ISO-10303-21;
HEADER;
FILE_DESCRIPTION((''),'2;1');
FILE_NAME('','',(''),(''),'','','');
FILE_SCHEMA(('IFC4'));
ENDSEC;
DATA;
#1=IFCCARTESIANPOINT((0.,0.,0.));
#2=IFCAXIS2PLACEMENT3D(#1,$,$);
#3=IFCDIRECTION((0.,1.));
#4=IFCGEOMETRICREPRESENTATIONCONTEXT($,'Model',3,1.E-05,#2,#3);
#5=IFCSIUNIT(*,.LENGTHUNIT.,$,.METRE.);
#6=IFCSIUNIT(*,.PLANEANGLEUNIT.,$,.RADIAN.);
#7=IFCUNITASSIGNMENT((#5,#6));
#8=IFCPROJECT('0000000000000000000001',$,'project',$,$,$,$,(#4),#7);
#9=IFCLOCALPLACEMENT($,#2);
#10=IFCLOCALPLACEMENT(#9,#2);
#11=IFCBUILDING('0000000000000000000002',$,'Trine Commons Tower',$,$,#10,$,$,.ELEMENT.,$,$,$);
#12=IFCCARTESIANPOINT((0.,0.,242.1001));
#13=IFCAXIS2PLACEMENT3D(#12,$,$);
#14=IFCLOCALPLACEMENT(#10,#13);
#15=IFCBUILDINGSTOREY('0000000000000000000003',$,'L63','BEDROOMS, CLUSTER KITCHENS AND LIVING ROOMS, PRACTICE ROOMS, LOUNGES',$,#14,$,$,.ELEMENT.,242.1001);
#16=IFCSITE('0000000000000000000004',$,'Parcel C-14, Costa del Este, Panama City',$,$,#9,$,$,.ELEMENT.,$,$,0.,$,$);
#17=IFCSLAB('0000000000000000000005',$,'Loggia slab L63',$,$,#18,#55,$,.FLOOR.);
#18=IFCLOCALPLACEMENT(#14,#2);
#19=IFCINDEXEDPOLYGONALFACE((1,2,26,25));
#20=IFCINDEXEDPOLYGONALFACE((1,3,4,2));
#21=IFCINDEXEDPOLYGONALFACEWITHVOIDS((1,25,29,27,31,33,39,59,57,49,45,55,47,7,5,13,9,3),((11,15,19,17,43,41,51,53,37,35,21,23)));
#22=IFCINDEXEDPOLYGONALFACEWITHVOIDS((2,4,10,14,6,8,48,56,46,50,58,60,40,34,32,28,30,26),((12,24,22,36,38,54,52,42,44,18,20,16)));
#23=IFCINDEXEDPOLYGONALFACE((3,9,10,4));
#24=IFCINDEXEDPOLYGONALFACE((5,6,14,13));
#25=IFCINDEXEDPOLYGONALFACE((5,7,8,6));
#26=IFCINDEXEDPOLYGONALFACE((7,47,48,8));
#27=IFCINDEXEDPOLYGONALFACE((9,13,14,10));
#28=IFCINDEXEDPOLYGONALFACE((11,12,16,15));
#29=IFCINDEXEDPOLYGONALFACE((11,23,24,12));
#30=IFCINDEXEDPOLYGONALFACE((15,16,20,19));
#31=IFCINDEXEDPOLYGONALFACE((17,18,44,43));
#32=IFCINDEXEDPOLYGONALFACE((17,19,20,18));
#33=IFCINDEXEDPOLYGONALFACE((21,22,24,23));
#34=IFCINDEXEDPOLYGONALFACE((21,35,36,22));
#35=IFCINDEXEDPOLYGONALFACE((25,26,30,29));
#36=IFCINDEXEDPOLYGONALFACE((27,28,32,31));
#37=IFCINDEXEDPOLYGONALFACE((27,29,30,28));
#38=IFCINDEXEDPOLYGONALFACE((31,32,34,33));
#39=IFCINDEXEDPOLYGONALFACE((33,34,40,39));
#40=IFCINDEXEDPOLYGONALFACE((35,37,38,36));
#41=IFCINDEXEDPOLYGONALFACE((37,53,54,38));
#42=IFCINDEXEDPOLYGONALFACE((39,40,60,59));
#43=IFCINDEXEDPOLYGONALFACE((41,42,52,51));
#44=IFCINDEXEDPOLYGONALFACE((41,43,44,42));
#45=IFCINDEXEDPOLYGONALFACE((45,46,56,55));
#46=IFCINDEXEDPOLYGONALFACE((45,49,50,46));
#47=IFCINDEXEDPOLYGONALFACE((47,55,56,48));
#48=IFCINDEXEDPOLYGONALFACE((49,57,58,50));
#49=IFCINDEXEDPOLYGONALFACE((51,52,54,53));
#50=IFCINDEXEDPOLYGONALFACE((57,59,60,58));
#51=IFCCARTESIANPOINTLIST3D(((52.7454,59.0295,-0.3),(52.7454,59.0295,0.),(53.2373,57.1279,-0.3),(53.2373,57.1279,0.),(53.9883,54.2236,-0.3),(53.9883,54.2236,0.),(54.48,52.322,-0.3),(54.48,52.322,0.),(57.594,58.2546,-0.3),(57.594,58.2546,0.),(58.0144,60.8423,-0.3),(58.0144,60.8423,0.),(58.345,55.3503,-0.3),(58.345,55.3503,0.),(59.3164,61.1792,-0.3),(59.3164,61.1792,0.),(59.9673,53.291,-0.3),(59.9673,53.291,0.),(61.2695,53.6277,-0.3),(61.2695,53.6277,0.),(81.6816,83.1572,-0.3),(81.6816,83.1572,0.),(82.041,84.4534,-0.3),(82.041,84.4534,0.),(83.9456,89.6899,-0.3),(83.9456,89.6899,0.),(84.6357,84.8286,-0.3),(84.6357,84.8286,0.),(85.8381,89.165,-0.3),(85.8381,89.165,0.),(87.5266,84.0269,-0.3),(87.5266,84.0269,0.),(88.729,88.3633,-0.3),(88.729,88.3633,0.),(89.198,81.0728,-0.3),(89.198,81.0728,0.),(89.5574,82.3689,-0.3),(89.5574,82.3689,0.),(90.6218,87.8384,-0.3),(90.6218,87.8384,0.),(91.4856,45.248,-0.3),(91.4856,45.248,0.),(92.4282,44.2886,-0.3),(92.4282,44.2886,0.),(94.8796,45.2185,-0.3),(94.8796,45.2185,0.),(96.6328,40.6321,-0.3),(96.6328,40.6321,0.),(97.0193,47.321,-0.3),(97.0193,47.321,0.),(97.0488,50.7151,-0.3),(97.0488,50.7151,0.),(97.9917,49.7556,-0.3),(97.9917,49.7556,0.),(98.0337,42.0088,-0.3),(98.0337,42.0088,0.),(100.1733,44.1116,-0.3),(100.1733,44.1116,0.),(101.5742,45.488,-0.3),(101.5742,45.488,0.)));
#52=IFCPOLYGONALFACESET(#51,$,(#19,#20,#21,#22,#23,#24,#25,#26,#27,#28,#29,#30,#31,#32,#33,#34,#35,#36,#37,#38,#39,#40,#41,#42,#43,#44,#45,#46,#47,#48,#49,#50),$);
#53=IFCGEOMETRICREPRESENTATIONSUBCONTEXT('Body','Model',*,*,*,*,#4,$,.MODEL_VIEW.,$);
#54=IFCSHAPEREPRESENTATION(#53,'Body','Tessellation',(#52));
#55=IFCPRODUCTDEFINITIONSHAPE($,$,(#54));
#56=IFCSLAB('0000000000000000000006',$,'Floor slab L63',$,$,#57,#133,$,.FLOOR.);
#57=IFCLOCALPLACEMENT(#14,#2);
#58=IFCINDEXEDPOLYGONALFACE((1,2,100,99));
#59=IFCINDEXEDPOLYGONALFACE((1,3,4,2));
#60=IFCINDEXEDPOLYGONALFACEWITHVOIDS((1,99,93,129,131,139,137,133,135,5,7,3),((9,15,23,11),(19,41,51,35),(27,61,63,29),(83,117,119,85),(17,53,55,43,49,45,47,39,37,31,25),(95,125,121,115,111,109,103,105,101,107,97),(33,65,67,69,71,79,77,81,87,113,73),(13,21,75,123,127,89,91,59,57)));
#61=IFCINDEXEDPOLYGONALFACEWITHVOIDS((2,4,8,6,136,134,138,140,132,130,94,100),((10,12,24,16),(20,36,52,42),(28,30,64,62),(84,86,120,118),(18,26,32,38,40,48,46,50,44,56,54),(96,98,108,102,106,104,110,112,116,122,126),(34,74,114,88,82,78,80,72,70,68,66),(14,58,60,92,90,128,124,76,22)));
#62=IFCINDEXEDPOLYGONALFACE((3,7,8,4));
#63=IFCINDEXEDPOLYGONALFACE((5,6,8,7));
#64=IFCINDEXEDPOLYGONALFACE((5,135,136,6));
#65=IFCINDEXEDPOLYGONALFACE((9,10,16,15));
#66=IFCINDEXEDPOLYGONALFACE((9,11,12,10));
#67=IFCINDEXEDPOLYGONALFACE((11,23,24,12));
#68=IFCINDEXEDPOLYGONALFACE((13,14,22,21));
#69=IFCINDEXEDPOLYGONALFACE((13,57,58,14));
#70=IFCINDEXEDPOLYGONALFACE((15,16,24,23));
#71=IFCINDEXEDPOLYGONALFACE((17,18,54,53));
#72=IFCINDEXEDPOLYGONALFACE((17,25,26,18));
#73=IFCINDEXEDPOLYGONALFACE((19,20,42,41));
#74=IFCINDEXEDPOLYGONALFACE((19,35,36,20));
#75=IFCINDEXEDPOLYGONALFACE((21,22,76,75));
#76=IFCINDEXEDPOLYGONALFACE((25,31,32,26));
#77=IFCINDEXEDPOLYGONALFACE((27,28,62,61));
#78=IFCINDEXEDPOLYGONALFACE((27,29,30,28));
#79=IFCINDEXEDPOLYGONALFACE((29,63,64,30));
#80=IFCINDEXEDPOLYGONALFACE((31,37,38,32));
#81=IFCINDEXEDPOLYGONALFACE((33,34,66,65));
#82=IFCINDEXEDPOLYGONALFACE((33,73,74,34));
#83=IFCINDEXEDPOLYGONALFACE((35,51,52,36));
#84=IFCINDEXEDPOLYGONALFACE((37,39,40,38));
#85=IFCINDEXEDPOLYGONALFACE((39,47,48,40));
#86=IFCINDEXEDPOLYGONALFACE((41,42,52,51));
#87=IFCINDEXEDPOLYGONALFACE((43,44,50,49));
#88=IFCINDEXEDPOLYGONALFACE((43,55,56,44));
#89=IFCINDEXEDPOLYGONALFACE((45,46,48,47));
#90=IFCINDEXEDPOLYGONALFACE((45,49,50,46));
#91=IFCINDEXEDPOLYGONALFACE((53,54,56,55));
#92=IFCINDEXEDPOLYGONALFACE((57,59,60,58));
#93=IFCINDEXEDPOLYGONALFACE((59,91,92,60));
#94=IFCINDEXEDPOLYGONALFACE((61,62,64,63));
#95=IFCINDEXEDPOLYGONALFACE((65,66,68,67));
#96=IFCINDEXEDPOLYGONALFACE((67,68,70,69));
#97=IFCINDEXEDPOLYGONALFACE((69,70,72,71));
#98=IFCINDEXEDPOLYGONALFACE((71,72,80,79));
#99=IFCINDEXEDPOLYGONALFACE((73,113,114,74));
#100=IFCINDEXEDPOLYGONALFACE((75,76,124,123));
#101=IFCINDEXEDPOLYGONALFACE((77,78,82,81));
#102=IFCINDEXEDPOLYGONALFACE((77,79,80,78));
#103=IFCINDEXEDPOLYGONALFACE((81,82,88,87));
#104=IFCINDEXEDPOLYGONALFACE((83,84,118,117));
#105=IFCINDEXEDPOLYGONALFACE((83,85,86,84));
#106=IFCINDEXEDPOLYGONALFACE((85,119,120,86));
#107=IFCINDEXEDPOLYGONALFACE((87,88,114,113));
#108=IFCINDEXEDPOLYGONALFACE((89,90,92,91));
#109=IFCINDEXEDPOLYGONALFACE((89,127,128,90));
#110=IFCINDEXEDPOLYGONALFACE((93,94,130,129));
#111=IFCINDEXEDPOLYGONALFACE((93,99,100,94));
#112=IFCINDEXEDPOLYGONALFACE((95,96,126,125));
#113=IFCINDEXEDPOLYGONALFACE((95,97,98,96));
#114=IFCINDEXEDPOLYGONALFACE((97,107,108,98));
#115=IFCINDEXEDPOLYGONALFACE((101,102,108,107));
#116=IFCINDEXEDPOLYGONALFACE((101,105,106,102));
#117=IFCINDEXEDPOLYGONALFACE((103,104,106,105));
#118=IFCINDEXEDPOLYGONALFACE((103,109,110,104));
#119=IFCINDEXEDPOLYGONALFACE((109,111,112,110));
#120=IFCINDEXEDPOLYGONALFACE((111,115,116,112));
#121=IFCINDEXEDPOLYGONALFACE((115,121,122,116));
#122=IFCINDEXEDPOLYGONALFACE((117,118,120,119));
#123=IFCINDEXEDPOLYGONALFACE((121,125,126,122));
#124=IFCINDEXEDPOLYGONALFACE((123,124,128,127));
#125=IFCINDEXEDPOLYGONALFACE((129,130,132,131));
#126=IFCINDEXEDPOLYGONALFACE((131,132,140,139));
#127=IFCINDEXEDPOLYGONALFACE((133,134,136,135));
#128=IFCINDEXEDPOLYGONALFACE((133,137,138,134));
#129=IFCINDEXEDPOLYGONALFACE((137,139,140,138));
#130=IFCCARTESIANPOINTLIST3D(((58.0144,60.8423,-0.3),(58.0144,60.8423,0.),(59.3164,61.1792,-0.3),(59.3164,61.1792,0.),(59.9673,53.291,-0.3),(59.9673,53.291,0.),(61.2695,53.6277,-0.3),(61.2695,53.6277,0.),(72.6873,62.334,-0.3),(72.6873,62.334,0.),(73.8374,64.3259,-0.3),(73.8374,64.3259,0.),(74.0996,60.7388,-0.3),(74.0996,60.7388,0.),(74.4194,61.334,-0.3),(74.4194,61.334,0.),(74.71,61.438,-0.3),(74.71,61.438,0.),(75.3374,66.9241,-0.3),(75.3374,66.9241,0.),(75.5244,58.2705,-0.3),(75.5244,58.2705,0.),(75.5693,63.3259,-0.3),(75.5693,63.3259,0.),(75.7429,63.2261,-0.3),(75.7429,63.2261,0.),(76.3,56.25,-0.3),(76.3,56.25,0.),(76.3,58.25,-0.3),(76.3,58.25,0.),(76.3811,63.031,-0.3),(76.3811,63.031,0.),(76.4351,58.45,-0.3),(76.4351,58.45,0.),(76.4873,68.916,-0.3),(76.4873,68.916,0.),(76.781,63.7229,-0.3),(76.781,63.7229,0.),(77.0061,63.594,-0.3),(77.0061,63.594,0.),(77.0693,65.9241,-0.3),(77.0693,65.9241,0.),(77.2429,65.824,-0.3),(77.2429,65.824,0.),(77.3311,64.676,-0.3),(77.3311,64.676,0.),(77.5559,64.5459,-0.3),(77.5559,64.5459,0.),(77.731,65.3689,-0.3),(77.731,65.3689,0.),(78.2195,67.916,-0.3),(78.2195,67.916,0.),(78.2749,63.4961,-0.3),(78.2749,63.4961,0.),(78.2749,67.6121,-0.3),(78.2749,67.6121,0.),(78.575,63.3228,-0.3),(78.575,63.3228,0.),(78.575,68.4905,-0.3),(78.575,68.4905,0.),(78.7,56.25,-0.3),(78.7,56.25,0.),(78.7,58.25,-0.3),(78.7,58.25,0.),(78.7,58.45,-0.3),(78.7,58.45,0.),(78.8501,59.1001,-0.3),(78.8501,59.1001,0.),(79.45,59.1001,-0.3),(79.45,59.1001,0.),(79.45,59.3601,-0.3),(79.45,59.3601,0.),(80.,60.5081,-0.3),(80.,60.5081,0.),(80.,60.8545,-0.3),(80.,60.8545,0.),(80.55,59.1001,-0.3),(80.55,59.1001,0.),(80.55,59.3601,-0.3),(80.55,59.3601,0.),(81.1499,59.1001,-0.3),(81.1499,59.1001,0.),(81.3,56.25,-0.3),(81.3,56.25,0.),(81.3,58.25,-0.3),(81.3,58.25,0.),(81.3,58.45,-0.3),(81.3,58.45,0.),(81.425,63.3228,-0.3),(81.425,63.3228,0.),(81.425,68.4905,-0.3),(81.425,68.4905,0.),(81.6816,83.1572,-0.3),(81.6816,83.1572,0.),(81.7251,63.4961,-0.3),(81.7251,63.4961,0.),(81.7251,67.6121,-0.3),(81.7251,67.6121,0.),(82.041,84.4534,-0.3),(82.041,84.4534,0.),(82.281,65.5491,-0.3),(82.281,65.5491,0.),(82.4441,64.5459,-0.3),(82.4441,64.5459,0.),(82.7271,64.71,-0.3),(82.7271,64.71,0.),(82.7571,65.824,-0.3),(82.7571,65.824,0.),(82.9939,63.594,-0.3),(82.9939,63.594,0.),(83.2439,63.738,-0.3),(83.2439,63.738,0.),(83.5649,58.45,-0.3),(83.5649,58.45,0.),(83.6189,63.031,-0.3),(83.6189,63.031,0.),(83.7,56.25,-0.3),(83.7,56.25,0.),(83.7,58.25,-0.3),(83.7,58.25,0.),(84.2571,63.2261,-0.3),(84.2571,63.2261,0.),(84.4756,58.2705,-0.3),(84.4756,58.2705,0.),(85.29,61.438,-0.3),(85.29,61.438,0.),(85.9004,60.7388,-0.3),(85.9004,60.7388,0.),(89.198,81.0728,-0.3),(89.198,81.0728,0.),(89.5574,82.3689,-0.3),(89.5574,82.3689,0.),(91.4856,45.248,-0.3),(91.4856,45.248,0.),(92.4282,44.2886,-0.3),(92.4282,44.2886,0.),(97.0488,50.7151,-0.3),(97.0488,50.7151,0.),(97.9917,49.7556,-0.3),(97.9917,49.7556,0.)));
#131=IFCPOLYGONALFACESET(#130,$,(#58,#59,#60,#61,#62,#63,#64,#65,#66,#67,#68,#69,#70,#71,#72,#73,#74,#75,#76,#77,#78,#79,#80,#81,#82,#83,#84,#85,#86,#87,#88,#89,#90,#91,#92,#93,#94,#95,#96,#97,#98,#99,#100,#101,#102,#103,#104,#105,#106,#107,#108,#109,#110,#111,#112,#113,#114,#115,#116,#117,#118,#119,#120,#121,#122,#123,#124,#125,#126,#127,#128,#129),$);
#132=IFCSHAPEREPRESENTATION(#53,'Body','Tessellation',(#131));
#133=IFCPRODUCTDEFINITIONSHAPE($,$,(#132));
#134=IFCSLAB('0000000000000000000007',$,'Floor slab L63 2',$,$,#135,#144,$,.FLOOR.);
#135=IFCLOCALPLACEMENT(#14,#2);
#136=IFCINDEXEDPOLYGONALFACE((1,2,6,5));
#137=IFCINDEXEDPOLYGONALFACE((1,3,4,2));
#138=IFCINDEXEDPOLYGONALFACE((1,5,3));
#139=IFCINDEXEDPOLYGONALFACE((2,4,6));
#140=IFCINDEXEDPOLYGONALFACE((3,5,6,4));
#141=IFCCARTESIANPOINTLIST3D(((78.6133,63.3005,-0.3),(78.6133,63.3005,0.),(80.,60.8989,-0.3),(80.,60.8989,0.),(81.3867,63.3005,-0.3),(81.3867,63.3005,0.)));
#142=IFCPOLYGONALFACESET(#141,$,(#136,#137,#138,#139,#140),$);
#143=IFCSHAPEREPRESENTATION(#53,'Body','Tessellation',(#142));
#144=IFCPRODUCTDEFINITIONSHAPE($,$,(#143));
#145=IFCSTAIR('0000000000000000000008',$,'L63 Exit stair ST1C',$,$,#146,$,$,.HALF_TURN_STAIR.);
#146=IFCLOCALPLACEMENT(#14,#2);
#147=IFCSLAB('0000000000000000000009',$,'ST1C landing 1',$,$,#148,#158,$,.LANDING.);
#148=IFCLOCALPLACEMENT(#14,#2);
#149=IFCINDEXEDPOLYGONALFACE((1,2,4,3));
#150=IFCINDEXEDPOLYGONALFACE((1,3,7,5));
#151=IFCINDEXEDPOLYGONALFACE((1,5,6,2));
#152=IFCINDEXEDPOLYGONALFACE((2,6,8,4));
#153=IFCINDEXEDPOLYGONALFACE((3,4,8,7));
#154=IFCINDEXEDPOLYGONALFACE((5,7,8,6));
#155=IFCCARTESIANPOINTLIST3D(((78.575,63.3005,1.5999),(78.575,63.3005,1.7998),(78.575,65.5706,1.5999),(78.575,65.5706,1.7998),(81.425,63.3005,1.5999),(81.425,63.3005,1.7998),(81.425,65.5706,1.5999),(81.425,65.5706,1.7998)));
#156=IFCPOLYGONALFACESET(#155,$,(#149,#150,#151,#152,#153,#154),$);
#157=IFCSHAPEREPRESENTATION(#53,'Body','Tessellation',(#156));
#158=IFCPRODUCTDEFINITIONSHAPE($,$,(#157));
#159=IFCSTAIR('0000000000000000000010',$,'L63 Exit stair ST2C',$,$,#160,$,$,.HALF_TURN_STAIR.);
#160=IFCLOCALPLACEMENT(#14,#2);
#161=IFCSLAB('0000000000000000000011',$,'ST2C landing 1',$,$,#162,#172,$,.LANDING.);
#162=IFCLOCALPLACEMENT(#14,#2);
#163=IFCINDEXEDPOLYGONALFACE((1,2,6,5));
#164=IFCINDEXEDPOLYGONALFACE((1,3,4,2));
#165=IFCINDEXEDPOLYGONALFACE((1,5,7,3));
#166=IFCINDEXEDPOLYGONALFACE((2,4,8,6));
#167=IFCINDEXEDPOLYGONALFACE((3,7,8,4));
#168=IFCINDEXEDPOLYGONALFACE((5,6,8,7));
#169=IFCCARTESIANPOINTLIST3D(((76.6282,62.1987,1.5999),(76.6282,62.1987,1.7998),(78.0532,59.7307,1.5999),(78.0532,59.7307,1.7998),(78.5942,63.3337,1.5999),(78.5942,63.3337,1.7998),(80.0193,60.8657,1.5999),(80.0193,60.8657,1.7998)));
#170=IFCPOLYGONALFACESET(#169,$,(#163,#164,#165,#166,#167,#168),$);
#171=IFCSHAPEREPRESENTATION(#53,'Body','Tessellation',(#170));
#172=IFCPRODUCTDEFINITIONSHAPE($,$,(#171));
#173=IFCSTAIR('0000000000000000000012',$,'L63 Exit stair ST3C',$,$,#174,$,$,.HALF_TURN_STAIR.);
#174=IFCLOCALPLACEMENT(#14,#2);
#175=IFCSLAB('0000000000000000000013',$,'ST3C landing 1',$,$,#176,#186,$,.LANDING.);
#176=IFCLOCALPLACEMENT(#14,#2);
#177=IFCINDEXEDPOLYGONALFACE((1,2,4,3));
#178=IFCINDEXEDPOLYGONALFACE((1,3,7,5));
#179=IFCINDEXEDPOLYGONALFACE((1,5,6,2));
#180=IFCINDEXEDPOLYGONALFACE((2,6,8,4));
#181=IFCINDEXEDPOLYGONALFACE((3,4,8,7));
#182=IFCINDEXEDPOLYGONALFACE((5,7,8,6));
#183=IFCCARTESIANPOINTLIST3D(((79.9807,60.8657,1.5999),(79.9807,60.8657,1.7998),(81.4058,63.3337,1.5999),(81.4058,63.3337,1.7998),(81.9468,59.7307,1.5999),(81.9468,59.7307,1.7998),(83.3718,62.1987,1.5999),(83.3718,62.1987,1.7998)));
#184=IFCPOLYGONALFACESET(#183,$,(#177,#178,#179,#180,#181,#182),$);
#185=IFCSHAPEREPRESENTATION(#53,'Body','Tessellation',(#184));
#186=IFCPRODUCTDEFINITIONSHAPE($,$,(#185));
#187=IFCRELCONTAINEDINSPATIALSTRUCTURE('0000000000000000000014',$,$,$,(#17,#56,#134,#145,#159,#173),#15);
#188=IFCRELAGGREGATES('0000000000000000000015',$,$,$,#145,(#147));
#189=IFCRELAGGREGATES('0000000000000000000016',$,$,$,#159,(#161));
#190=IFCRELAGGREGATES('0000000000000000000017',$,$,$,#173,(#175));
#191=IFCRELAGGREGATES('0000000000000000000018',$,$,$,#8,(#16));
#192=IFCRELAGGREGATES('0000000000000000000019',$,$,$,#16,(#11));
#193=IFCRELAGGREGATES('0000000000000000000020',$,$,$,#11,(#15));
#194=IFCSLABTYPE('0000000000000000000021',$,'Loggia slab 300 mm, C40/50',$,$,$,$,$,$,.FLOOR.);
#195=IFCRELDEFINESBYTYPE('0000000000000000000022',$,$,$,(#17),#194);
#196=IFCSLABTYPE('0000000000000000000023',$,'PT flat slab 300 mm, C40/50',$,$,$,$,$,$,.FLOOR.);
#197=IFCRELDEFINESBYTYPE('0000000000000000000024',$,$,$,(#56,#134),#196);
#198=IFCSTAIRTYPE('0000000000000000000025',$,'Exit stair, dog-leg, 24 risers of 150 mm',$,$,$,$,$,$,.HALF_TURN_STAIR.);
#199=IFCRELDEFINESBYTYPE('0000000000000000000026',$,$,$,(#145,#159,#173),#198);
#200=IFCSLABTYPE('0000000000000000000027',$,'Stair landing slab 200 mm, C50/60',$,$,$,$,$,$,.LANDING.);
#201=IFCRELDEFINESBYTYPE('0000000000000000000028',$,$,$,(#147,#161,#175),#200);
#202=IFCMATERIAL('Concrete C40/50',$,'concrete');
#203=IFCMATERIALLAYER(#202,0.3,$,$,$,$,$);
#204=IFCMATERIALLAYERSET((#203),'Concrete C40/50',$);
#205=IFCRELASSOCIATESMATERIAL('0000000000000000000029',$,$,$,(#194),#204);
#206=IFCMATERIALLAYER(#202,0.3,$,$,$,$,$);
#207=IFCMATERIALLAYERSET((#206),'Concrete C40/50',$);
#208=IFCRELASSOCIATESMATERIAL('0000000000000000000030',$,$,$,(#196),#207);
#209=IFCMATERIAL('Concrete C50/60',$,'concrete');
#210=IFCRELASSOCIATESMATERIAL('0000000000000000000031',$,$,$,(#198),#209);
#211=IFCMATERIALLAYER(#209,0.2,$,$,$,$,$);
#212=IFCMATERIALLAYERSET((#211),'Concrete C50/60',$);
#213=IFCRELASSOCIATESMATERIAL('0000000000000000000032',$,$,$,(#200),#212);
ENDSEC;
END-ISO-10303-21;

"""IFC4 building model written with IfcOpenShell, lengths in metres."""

from ifc_helpers import new_model, si_unit, direction, frame, origin, place, context, subcontext, project, spatial, polyline, outline, extrude, material, layer, layer_set, type_object, element, aggregate, save


model = new_model("IFC4")

# Units and contexts
model_context = context("Model", 3, precision=1e-05, world=origin(), true_north=direction((0.0, 1.0)))
body_context = subcontext(model_context, "Body", "Model", "MODEL_VIEW")
ifc_project = project(units=[si_unit("LENGTHUNIT", "METRE"), si_unit("PLANEANGLEUNIT", "RADIAN")], contexts=[model_context])

# Site, building, storey
site_placement = place(None, origin())
site = spatial("IfcSite", under=ifc_project, at=site_placement, Name="Parcel C-14, Costa del Este, Panama City", CompositionType="ELEMENT", RefElevation=0.0)
building_placement = place(site_placement, origin())
building = spatial("IfcBuilding", under=site, at=building_placement, Name="Trine Commons Tower", CompositionType="ELEMENT")
storey_placement = place(building_placement, frame((0.0, 0.0, 242.1001)))
storey = spatial("IfcBuildingStorey", under=building, at=storey_placement, Name="L63", Description="BEDROOMS, CLUSTER KITCHENS AND LIVING ROOMS, PRACTICE ROOMS, LOUNGES", CompositionType="ELEMENT", Elevation=242.1001)

# Slabs
ifc_material_1 = material(Name="Concrete C40/50", Category="concrete")
ifc_layer_1 = layer(ifc_material_1, 0.3)
ifc_layer_set_1 = layer_set([ifc_layer_1], Name="Concrete C40/50")
slab_type_1 = type_object("IfcSlabType", Name="Loggia slab 300 mm, C40/50", PredefinedType="FLOOR", material=ifc_layer_set_1)
slab_1_placement = place(storey_placement, frame((0.0, 0.0, -0.3)))
element("IfcSlab", 1, at=slab_1_placement, inside=storey, type_object=slab_type_1, Name="Loggia slab L63", PredefinedType="FLOOR", context=body_context, shape_type="SweptSolid", body=[
    extrude(outline(polyline([(101.5742, 45.488), (90.6218, 87.8384), (88.729, 88.3633), (87.5266, 84.0269), (84.6357, 84.8286), (85.8381, 89.165), (83.9456, 89.6899), (52.7454, 59.0295), (53.2373, 57.1279), (57.594, 58.2546), (58.345, 55.3503), (53.9883, 54.2236), (54.48, 52.322), (96.6328, 40.6321), (98.0337, 42.0088), (94.8796, 45.2185), (97.0193, 47.321), (100.1733, 44.1116), (101.5742, 45.488)]), holes=[polyline([(59.3164, 61.1792), (61.2695, 53.6277), (59.9673, 53.291), (92.4282, 44.2886), (91.4856, 45.248), (97.0488, 50.7151), (97.9917, 49.7556), (89.5574, 82.3689), (89.198, 81.0728), (81.6816, 83.1572), (82.041, 84.4534), (58.0144, 60.8423), (59.3164, 61.1792)])]), origin(), (0.0, 0.0, 1.0), 0.3),
])
ifc_layer_2 = layer(ifc_material_1, 0.3)
ifc_layer_set_2 = layer_set([ifc_layer_2], Name="Concrete C40/50")
slab_type_2 = type_object("IfcSlabType", Name="PT flat slab 300 mm, C40/50", PredefinedType="FLOOR", material=ifc_layer_set_2)
slab_2_placement = place(storey_placement, frame((0.0, 0.0, -0.3)))
element("IfcSlab", 2, at=slab_2_placement, inside=storey, type_object=slab_type_2, Name="Floor slab L63", PredefinedType="FLOOR", context=body_context, shape_type="SweptSolid", body=[
    extrude(outline(polyline([(58.0144, 60.8423), (59.3164, 61.1792), (61.2695, 53.6277), (59.9673, 53.291), (92.4282, 44.2886), (91.4856, 45.248), (97.0488, 50.7151), (97.9917, 49.7556), (89.5574, 82.3689), (89.198, 81.0728), (81.6816, 83.1572), (82.041, 84.4534), (58.0144, 60.8423)]), holes=[polyline([(78.7, 56.25), (78.7, 58.25), (76.3, 58.25), (76.3, 56.25), (78.7, 56.25)]), polyline([(83.7, 56.25), (83.7, 58.25), (81.3, 58.25), (81.3, 56.25), (83.7, 56.25)]), polyline([(81.3, 58.45), (83.5649, 58.45), (80.0, 60.5081), (76.4351, 58.45), (78.7, 58.45), (78.8501, 59.1001), (79.45, 59.1001), (79.45, 59.3601), (80.55, 59.3601), (80.55, 59.1001), (81.1499, 59.1001), (81.3, 58.45)]), polyline([(81.425, 63.3228), (81.425, 68.4905), (78.575, 68.4905), (78.575, 63.3228), (74.0996, 60.7388), (75.5244, 58.2705), (80.0, 60.8545), (84.4756, 58.2705), (85.9004, 60.7388), (81.425, 63.3228)]), polyline([(72.6873, 62.334), (74.4194, 61.334), (75.5693, 63.3259), (73.8374, 64.3259), (72.6873, 62.334)]), polyline([(76.3811, 63.031), (75.7429, 63.2261), (74.71, 61.438), (78.2749, 63.4961), (78.2749, 67.6121), (77.2429, 65.824), (77.731, 65.3689), (77.3311, 64.676), (77.5559, 64.5459), (77.0061, 63.594), (76.781, 63.7229), (76.3811, 63.031)]), polyline([(82.9939, 63.594), (82.4441, 64.5459), (82.7271, 64.71), (82.281, 65.5491), (82.7571, 65.824), (81.7251, 67.6121), (81.7251, 63.4961), (85.29, 61.438), (84.2571, 63.2261), (83.6189, 63.031), (83.2439, 63.738), (82.9939, 63.594)]), polyline([(76.4873, 68.916), (75.3374, 66.9241), (77.0693, 65.9241), (78.2195, 67.916), (76.4873, 68.916)])]), origin(), (0.0, 0.0, 1.0), 0.3),
])
slab_3_placement = place(storey_placement, frame((0.0, 0.0, -0.3)))
element("IfcSlab", 3, at=slab_3_placement, inside=storey, type_object=slab_type_2, Name="Floor slab L63 2", PredefinedType="FLOOR", context=body_context, shape_type="SweptSolid", body=[
    extrude(outline(polyline([(81.3867, 63.3005), (78.6133, 63.3005), (80.0, 60.8989), (81.3867, 63.3005)])), origin(), (0.0, 0.0, 1.0), 0.3),
])

# Stairs, slabs
ifc_material_2 = material(Name="Concrete C50/60", Category="concrete")
stair_type = type_object("IfcStairType", Name="Exit stair, dog-leg, 24 risers of 150 mm", PredefinedType="HALF_TURN_STAIR", material=ifc_material_2)
stair_1_placement = place(storey_placement, origin())
stair_1 = element("IfcStair", 4, at=stair_1_placement, inside=storey, type_object=stair_type, Name="L63 Exit stair ST1C", PredefinedType="HALF_TURN_STAIR")
ifc_layer_3 = layer(ifc_material_2, 0.2)
ifc_layer_set_3 = layer_set([ifc_layer_3], Name="Concrete C50/60")
slab_type_3 = type_object("IfcSlabType", Name="Stair landing slab 200 mm, C50/60", PredefinedType="LANDING", material=ifc_layer_set_3)
slab_4_placement = place(storey_placement, frame((0.0, 0.0, 1.5999)))
slab_4 = element("IfcSlab", 5, at=slab_4_placement, type_object=slab_type_3, Name="ST1C landing 1", PredefinedType="LANDING", context=body_context, shape_type="SweptSolid", body=[
    extrude(outline(polyline([(78.575, 65.5706), (78.575, 63.3005), (81.425, 63.3005), (81.425, 65.5706), (78.575, 65.5706)])), origin(), (0.0, 0.0, 1.0), 0.2),
])
aggregate(stair_1, [slab_4])
stair_2_placement = place(storey_placement, origin())
stair_2 = element("IfcStair", 6, at=stair_2_placement, inside=storey, type_object=stair_type, Name="L63 Exit stair ST2C", PredefinedType="HALF_TURN_STAIR")
slab_5_placement = place(storey_placement, frame((0.0, 0.0, 1.5999)))
slab_5 = element("IfcSlab", 7, at=slab_5_placement, type_object=slab_type_3, Name="ST2C landing 1", PredefinedType="LANDING", context=body_context, shape_type="SweptSolid", body=[
    extrude(outline(polyline([(78.0532, 59.7307), (80.0193, 60.8657), (78.5942, 63.3337), (76.6282, 62.1987), (78.0532, 59.7307)])), origin(), (0.0, 0.0, 1.0), 0.2),
])
aggregate(stair_2, [slab_5])
stair_3_placement = place(storey_placement, origin())
stair_3 = element("IfcStair", 8, at=stair_3_placement, inside=storey, type_object=stair_type, Name="L63 Exit stair ST3C", PredefinedType="HALF_TURN_STAIR")
slab_6_placement = place(storey_placement, frame((0.0, 0.0, 1.5999)))
slab_6 = element("IfcSlab", 9, at=slab_6_placement, type_object=slab_type_3, Name="ST3C landing 1", PredefinedType="LANDING", context=body_context, shape_type="SweptSolid", body=[
    extrude(outline(polyline([(83.3718, 62.1987), (81.4058, 63.3337), (79.9807, 60.8657), (81.9468, 59.7307), (83.3718, 62.1987)])), origin(), (0.0, 0.0, 1.0), 0.2),
])
aggregate(stair_3, [slab_6])

save(model, "model.ifc")
